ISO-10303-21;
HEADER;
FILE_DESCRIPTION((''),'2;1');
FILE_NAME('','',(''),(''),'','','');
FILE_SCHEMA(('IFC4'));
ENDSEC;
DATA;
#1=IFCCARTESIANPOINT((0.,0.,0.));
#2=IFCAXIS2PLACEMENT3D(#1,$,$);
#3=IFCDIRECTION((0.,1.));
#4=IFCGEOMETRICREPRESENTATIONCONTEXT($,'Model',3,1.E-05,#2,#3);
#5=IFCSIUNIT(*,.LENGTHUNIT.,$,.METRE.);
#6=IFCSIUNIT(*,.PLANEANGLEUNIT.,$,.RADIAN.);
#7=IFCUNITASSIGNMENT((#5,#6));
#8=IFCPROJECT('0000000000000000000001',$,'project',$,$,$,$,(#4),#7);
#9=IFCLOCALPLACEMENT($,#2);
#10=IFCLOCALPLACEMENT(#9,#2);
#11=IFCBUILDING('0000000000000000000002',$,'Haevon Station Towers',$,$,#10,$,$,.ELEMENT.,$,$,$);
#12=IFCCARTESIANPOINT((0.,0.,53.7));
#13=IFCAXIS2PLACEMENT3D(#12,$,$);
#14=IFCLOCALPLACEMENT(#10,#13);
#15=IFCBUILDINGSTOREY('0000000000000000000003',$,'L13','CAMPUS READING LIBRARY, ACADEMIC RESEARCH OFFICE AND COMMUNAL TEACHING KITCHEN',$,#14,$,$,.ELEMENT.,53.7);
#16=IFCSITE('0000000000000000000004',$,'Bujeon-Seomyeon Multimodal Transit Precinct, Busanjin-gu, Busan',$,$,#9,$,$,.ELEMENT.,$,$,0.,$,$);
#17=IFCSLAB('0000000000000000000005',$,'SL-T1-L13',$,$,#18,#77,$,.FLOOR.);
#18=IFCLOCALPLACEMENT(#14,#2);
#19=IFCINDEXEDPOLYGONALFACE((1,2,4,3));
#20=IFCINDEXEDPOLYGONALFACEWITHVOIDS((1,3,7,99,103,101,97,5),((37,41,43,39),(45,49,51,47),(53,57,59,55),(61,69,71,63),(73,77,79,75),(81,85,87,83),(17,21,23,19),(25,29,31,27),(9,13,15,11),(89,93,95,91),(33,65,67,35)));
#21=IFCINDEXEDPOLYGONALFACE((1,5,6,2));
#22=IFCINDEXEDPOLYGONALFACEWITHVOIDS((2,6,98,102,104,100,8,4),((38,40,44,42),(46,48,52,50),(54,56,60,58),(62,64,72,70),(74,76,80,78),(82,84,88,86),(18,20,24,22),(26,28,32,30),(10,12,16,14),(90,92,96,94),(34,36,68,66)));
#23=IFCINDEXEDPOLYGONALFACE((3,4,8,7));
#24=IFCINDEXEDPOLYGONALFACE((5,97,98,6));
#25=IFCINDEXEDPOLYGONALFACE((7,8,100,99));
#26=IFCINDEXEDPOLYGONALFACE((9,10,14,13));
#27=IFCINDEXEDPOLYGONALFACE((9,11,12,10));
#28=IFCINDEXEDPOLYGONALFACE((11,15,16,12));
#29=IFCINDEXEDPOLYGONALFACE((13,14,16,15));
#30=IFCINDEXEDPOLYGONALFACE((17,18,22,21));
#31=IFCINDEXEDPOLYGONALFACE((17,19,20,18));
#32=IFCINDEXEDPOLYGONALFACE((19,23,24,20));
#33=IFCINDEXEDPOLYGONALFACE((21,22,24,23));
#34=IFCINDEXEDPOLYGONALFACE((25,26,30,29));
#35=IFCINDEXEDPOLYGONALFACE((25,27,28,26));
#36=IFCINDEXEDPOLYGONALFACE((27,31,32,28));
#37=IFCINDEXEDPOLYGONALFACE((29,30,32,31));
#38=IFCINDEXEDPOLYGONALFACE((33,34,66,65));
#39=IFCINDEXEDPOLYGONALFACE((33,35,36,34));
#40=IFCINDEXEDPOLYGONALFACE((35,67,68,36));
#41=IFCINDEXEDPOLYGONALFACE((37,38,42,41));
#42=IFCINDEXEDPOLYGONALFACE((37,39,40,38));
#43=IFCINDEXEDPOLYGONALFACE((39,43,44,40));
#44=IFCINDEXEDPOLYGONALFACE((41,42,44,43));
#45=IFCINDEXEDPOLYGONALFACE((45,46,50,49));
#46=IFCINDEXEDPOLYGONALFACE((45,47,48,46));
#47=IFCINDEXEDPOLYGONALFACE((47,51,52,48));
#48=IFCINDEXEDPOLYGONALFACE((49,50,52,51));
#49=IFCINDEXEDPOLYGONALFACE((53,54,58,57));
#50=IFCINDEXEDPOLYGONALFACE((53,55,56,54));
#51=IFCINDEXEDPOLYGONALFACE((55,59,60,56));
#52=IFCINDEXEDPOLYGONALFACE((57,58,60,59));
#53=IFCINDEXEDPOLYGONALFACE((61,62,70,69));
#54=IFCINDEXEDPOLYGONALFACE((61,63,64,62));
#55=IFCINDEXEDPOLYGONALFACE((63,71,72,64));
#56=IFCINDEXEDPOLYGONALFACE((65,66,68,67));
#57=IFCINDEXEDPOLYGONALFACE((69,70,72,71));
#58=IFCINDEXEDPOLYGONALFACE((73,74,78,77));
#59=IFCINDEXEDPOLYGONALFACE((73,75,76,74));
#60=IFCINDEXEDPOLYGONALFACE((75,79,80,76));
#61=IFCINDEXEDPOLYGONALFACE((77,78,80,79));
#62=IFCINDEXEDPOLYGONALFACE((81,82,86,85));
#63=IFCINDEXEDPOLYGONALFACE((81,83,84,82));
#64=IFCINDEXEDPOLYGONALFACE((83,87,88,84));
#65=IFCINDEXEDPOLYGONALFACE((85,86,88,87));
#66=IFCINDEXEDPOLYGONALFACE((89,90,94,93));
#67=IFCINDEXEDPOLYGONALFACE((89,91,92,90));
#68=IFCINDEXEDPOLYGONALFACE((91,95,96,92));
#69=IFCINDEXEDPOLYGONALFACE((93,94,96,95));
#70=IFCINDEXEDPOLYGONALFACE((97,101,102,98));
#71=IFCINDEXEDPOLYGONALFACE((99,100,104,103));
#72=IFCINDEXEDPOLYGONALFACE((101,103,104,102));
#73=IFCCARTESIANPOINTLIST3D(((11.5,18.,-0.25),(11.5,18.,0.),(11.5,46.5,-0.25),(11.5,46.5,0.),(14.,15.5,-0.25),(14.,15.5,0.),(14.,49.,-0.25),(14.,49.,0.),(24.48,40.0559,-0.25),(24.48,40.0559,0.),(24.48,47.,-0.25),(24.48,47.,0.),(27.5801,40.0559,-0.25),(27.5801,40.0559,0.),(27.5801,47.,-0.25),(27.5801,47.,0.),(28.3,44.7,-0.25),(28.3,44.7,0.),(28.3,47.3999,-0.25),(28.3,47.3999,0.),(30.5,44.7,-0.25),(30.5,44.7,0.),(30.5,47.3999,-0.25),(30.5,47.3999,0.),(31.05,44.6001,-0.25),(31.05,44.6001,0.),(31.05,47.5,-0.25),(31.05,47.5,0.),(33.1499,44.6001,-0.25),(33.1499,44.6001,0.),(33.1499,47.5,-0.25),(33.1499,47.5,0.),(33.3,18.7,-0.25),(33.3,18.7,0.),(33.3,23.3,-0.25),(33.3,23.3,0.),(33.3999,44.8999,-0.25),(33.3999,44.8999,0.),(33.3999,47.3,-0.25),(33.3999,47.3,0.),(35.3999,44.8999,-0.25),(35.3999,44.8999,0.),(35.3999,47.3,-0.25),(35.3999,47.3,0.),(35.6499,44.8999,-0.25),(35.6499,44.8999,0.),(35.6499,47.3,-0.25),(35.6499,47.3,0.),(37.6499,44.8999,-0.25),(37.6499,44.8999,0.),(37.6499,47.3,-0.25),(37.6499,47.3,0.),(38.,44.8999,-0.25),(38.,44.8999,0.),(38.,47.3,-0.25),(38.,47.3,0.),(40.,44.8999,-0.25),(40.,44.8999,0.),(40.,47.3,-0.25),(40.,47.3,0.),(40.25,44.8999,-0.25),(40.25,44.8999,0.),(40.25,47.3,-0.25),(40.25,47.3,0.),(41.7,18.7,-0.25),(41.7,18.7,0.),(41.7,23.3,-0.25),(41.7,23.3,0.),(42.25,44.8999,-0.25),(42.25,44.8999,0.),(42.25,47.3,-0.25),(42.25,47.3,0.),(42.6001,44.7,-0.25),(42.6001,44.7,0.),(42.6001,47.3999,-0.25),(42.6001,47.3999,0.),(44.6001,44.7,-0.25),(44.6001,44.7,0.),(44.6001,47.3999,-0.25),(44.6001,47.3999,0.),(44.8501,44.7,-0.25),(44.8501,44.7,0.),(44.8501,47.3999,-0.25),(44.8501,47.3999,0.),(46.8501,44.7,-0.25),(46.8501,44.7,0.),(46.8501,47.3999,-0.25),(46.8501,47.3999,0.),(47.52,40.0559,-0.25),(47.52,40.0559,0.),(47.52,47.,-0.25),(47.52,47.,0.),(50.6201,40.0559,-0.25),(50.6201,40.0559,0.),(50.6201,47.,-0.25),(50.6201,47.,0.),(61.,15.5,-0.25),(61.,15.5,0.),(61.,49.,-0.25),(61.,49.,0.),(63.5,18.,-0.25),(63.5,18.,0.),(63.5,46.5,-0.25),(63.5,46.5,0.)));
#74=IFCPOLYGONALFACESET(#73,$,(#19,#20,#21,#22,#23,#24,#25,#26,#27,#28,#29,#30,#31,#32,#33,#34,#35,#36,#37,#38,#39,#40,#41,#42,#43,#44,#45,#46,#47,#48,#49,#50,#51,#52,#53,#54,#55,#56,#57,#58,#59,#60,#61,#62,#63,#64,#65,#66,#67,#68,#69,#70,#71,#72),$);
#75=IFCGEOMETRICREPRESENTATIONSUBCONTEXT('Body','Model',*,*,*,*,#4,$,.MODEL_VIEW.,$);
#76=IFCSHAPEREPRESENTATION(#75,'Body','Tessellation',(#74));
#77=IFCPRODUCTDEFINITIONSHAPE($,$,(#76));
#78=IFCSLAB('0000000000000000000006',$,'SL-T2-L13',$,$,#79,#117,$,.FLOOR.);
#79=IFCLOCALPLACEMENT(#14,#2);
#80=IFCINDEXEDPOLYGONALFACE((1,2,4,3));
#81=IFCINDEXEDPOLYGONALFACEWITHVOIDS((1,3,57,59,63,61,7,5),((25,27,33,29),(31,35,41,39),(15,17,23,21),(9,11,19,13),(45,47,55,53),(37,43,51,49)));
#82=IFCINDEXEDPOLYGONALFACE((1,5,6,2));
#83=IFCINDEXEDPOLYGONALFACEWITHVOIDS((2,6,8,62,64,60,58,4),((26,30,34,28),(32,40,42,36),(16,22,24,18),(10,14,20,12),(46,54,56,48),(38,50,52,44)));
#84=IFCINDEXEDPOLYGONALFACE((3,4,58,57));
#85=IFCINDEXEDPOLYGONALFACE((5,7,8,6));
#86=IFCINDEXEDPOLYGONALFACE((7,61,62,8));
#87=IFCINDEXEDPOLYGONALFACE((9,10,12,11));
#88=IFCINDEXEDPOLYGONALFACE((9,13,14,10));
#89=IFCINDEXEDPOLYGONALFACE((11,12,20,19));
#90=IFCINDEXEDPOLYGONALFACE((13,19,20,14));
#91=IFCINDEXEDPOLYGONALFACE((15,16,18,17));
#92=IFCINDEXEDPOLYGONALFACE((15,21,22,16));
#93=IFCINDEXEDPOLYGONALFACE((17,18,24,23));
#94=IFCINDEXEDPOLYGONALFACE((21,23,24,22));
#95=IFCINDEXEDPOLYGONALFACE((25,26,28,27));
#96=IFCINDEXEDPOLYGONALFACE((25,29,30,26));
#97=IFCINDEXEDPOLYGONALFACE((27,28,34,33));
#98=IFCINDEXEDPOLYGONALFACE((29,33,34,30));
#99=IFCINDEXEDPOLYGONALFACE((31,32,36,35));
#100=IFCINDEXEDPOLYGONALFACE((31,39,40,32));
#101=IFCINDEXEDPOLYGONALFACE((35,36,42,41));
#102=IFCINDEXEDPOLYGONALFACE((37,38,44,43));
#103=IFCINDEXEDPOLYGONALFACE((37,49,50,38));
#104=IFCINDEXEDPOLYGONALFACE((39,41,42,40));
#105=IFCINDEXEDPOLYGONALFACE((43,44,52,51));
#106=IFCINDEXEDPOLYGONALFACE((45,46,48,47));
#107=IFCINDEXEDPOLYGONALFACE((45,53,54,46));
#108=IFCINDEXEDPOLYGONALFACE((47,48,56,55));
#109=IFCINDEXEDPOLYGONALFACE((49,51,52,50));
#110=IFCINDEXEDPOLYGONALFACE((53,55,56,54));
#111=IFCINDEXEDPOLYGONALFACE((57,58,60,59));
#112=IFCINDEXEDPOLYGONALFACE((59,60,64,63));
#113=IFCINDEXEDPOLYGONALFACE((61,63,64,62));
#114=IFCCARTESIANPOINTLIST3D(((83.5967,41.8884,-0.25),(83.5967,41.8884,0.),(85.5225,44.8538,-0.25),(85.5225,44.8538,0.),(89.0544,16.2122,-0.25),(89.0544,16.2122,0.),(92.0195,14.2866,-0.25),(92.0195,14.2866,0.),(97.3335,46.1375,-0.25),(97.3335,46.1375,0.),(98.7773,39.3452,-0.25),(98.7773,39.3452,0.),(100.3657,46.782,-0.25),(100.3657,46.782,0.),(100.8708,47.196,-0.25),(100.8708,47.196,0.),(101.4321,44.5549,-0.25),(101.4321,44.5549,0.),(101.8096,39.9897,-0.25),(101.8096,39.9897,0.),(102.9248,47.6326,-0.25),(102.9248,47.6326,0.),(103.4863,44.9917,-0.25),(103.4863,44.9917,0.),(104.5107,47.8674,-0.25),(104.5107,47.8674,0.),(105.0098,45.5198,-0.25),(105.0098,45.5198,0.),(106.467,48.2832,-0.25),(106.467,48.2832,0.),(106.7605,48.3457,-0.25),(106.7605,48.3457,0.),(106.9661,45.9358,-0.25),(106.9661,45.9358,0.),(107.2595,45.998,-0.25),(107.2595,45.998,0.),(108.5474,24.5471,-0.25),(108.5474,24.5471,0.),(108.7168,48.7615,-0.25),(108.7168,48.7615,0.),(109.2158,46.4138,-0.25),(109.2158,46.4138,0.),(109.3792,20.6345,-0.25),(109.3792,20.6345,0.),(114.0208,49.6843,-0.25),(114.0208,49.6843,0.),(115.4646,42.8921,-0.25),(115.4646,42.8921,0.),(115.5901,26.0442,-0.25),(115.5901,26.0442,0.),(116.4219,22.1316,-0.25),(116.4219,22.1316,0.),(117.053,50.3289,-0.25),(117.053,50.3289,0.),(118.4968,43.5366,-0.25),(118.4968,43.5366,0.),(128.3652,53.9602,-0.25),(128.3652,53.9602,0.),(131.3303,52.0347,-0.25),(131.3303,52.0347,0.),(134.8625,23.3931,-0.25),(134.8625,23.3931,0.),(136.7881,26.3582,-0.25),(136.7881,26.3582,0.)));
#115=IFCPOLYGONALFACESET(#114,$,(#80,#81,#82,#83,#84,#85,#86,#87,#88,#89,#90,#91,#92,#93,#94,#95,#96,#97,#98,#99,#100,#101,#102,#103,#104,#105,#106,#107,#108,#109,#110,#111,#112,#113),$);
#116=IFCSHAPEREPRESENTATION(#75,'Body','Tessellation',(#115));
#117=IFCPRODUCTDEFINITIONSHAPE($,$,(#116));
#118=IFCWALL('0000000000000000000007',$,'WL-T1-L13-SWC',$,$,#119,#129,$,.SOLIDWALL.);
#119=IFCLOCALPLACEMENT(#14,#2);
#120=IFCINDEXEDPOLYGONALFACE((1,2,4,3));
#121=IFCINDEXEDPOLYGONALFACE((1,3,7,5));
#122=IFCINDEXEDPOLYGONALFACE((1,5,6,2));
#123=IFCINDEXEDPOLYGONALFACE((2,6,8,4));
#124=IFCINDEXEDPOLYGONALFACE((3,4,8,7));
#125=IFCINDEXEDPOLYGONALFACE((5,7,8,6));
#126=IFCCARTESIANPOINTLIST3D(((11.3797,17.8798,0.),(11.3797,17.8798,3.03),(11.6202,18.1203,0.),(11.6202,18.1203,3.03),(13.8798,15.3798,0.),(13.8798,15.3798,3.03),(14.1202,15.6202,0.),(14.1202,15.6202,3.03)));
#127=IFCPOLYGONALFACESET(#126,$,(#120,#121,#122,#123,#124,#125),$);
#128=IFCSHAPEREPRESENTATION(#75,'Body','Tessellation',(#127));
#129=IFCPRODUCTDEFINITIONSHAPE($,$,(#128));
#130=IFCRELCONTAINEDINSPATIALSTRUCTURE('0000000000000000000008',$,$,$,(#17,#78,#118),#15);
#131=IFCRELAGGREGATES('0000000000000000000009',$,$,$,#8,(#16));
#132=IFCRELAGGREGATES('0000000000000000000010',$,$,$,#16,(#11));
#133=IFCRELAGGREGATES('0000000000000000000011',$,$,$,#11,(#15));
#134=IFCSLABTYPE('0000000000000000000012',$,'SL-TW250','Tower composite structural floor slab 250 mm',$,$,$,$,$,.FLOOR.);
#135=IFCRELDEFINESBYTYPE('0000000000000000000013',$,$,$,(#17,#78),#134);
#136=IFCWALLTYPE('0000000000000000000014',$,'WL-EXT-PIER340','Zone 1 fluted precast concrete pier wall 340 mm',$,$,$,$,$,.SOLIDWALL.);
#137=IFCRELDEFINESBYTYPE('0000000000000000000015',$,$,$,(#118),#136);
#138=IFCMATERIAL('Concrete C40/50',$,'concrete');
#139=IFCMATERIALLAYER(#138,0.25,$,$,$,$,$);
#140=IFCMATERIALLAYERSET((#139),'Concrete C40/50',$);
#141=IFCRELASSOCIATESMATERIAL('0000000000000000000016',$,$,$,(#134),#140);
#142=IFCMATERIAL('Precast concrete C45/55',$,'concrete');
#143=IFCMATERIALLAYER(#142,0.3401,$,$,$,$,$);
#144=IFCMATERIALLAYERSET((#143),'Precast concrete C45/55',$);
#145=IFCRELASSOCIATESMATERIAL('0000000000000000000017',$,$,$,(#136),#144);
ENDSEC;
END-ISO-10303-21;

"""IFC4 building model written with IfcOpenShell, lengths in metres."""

from ifc_helpers import new_model, si_unit, direction, frame, frame_2d, origin, place, context, subcontext, project, spatial, polyline, rectangle, outline, extrude, material, layer, layer_set, type_object, element, save


model = new_model("IFC4")

# Units and contexts
model_context = context("Model", 3, precision=1e-05, world=origin(), true_north=direction((0.0, 1.0)))
body_context = subcontext(model_context, "Body", "Model", "MODEL_VIEW")
ifc_project = project(units=[si_unit("LENGTHUNIT", "METRE"), si_unit("PLANEANGLEUNIT", "RADIAN")], contexts=[model_context])

# Site, building, storey
site_placement = place(None, origin())
site = spatial("IfcSite", under=ifc_project, at=site_placement, Name="Bujeon-Seomyeon Multimodal Transit Precinct, Busanjin-gu, Busan", CompositionType="ELEMENT", RefElevation=0.0)
building_placement = place(site_placement, origin())
building = spatial("IfcBuilding", under=site, at=building_placement, Name="Haevon Station Towers", CompositionType="ELEMENT")
storey_placement = place(building_placement, frame((0.0, 0.0, 53.7)))
storey = spatial("IfcBuildingStorey", under=building, at=storey_placement, Name="L13", Description="CAMPUS READING LIBRARY, ACADEMIC RESEARCH OFFICE AND COMMUNAL TEACHING KITCHEN", CompositionType="ELEMENT", Elevation=53.7)

# Shared definitions
ifc_material_1 = material(Name="Concrete C40/50", Category="concrete")

# Slabs
ifc_layer_1 = layer(ifc_material_1, 0.25)
ifc_layer_set_1 = layer_set([ifc_layer_1], Name="Concrete C40/50")
slab_type_1 = type_object("IfcSlabType", Name="SL-TW250", Description="Tower composite structural floor slab 250 mm", PredefinedType="FLOOR", material=ifc_layer_set_1)
slab_1_placement = place(storey_placement, frame((0.0, 0.0, -0.25)))
element("IfcSlab", 1, at=slab_1_placement, inside=storey, type_object=slab_type_1, Name="SL-T1-L13", PredefinedType="FLOOR", context=body_context, shape_type="SweptSolid", body=[
    extrude(outline(polyline([(14.0, 15.5), (61.0, 15.5), (63.5, 18.0), (63.5, 46.5), (61.0, 49.0), (14.0, 49.0), (11.5, 46.5), (11.5, 18.0), (14.0, 15.5)]), holes=[polyline([(27.5801, 40.0559), (27.5801, 47.0), (24.48, 47.0), (24.48, 40.0559), (27.5801, 40.0559)]), polyline([(50.6201, 40.0559), (50.6201, 47.0), (47.52, 47.0), (47.52, 40.0559), (50.6201, 40.0559)]), polyline([(28.3, 44.7), (30.5, 44.7), (30.5, 47.3999), (28.3, 47.3999), (28.3, 44.7)]), polyline([(31.05, 44.6001), (33.1499, 44.6001), (33.1499, 47.5), (31.05, 47.5), (31.05, 44.6001)]), polyline([(33.3999, 44.8999), (35.3999, 44.8999), (35.3999, 47.3), (33.3999, 47.3), (33.3999, 44.8999)]), polyline([(35.6499, 44.8999), (37.6499, 44.8999), (37.6499, 47.3), (35.6499, 47.3), (35.6499, 44.8999)]), polyline([(38.0, 44.8999), (40.0, 44.8999), (40.0, 47.3), (38.0, 47.3), (38.0, 44.8999)]), polyline([(40.25, 44.8999), (42.25, 44.8999), (42.25, 47.3), (40.25, 47.3), (40.25, 44.8999)]), polyline([(42.6001, 44.7), (44.6001, 44.7), (44.6001, 47.3999), (42.6001, 47.3999), (42.6001, 44.7)]), polyline([(44.8501, 44.7), (46.8501, 44.7), (46.8501, 47.3999), (44.8501, 47.3999), (44.8501, 44.7)]), polyline([(33.3, 18.7), (41.7, 18.7), (41.7, 23.3), (33.3, 23.3), (33.3, 18.7)])]), origin(), (0.0, 0.0, 1.0), 0.25),
])
slab_2_placement = place(storey_placement, frame((0.0, 0.0, -0.25)))
element("IfcSlab", 2, at=slab_2_placement, inside=storey, type_object=slab_type_1, Name="SL-T2-L13", PredefinedType="FLOOR", context=body_context, shape_type="SweptSolid", body=[
    extrude(outline(polyline([(92.0195, 14.2866), (134.8625, 23.3931), (136.7881, 26.3582), (131.3303, 52.0347), (128.3652, 53.9602), (85.5225, 44.8538), (83.5967, 41.8884), (89.0544, 16.2122), (92.0195, 14.2866)]), holes=[polyline([(101.8096, 39.9897), (100.3657, 46.782), (97.3335, 46.1375), (98.7773, 39.3452), (101.8096, 39.9897)]), polyline([(118.4968, 43.5366), (117.053, 50.3289), (114.0208, 49.6843), (115.4646, 42.8921), (118.4968, 43.5366)]), polyline([(101.4321, 44.5549), (103.4863, 44.9917), (102.9248, 47.6326), (100.8708, 47.196), (101.4321, 44.5549)]), polyline([(105.0098, 45.5198), (106.9661, 45.9358), (106.467, 48.2832), (104.5107, 47.8674), (105.0098, 45.5198)]), polyline([(107.2595, 45.998), (109.2158, 46.4138), (108.7168, 48.7615), (106.7605, 48.3457), (107.2595, 45.998)]), polyline([(109.3792, 20.6345), (116.4219, 22.1316), (115.5901, 26.0442), (108.5474, 24.5471), (109.3792, 20.6345)])]), origin(), (0.0, 0.0, 1.0), 0.25),
])

# Wall
ifc_material_2 = material(Name="Precast concrete C45/55", Category="concrete")
ifc_layer_2 = layer(ifc_material_2, 0.3401)
ifc_layer_set_2 = layer_set([ifc_layer_2], Name="Precast concrete C45/55")
wall_type_1 = type_object("IfcWallType", Name="WL-EXT-PIER340", Description="Zone 1 fluted precast concrete pier wall 340 mm", PredefinedType="SOLIDWALL", material=ifc_layer_set_2)
wall_1_placement = place(storey_placement, frame((14.0, 15.5, 0.0), z_axis=(0.0, 0.0, 1.0), x_axis=(-0.707107, 0.707107, 0.0)))
element("IfcWall", 3, at=wall_1_placement, inside=storey, type_object=wall_type_1, Name="WL-T1-L13-SWC", PredefinedType="SOLIDWALL", context=body_context, shape_type="SweptSolid", body=[
    extrude(rectangle(XDim=3.5356, YDim=0.3401, at=frame_2d((1.7678, 0.0))), origin(), (0.0, 0.0, 1.0), 3.03),
])

save(model, "model.ifc")
